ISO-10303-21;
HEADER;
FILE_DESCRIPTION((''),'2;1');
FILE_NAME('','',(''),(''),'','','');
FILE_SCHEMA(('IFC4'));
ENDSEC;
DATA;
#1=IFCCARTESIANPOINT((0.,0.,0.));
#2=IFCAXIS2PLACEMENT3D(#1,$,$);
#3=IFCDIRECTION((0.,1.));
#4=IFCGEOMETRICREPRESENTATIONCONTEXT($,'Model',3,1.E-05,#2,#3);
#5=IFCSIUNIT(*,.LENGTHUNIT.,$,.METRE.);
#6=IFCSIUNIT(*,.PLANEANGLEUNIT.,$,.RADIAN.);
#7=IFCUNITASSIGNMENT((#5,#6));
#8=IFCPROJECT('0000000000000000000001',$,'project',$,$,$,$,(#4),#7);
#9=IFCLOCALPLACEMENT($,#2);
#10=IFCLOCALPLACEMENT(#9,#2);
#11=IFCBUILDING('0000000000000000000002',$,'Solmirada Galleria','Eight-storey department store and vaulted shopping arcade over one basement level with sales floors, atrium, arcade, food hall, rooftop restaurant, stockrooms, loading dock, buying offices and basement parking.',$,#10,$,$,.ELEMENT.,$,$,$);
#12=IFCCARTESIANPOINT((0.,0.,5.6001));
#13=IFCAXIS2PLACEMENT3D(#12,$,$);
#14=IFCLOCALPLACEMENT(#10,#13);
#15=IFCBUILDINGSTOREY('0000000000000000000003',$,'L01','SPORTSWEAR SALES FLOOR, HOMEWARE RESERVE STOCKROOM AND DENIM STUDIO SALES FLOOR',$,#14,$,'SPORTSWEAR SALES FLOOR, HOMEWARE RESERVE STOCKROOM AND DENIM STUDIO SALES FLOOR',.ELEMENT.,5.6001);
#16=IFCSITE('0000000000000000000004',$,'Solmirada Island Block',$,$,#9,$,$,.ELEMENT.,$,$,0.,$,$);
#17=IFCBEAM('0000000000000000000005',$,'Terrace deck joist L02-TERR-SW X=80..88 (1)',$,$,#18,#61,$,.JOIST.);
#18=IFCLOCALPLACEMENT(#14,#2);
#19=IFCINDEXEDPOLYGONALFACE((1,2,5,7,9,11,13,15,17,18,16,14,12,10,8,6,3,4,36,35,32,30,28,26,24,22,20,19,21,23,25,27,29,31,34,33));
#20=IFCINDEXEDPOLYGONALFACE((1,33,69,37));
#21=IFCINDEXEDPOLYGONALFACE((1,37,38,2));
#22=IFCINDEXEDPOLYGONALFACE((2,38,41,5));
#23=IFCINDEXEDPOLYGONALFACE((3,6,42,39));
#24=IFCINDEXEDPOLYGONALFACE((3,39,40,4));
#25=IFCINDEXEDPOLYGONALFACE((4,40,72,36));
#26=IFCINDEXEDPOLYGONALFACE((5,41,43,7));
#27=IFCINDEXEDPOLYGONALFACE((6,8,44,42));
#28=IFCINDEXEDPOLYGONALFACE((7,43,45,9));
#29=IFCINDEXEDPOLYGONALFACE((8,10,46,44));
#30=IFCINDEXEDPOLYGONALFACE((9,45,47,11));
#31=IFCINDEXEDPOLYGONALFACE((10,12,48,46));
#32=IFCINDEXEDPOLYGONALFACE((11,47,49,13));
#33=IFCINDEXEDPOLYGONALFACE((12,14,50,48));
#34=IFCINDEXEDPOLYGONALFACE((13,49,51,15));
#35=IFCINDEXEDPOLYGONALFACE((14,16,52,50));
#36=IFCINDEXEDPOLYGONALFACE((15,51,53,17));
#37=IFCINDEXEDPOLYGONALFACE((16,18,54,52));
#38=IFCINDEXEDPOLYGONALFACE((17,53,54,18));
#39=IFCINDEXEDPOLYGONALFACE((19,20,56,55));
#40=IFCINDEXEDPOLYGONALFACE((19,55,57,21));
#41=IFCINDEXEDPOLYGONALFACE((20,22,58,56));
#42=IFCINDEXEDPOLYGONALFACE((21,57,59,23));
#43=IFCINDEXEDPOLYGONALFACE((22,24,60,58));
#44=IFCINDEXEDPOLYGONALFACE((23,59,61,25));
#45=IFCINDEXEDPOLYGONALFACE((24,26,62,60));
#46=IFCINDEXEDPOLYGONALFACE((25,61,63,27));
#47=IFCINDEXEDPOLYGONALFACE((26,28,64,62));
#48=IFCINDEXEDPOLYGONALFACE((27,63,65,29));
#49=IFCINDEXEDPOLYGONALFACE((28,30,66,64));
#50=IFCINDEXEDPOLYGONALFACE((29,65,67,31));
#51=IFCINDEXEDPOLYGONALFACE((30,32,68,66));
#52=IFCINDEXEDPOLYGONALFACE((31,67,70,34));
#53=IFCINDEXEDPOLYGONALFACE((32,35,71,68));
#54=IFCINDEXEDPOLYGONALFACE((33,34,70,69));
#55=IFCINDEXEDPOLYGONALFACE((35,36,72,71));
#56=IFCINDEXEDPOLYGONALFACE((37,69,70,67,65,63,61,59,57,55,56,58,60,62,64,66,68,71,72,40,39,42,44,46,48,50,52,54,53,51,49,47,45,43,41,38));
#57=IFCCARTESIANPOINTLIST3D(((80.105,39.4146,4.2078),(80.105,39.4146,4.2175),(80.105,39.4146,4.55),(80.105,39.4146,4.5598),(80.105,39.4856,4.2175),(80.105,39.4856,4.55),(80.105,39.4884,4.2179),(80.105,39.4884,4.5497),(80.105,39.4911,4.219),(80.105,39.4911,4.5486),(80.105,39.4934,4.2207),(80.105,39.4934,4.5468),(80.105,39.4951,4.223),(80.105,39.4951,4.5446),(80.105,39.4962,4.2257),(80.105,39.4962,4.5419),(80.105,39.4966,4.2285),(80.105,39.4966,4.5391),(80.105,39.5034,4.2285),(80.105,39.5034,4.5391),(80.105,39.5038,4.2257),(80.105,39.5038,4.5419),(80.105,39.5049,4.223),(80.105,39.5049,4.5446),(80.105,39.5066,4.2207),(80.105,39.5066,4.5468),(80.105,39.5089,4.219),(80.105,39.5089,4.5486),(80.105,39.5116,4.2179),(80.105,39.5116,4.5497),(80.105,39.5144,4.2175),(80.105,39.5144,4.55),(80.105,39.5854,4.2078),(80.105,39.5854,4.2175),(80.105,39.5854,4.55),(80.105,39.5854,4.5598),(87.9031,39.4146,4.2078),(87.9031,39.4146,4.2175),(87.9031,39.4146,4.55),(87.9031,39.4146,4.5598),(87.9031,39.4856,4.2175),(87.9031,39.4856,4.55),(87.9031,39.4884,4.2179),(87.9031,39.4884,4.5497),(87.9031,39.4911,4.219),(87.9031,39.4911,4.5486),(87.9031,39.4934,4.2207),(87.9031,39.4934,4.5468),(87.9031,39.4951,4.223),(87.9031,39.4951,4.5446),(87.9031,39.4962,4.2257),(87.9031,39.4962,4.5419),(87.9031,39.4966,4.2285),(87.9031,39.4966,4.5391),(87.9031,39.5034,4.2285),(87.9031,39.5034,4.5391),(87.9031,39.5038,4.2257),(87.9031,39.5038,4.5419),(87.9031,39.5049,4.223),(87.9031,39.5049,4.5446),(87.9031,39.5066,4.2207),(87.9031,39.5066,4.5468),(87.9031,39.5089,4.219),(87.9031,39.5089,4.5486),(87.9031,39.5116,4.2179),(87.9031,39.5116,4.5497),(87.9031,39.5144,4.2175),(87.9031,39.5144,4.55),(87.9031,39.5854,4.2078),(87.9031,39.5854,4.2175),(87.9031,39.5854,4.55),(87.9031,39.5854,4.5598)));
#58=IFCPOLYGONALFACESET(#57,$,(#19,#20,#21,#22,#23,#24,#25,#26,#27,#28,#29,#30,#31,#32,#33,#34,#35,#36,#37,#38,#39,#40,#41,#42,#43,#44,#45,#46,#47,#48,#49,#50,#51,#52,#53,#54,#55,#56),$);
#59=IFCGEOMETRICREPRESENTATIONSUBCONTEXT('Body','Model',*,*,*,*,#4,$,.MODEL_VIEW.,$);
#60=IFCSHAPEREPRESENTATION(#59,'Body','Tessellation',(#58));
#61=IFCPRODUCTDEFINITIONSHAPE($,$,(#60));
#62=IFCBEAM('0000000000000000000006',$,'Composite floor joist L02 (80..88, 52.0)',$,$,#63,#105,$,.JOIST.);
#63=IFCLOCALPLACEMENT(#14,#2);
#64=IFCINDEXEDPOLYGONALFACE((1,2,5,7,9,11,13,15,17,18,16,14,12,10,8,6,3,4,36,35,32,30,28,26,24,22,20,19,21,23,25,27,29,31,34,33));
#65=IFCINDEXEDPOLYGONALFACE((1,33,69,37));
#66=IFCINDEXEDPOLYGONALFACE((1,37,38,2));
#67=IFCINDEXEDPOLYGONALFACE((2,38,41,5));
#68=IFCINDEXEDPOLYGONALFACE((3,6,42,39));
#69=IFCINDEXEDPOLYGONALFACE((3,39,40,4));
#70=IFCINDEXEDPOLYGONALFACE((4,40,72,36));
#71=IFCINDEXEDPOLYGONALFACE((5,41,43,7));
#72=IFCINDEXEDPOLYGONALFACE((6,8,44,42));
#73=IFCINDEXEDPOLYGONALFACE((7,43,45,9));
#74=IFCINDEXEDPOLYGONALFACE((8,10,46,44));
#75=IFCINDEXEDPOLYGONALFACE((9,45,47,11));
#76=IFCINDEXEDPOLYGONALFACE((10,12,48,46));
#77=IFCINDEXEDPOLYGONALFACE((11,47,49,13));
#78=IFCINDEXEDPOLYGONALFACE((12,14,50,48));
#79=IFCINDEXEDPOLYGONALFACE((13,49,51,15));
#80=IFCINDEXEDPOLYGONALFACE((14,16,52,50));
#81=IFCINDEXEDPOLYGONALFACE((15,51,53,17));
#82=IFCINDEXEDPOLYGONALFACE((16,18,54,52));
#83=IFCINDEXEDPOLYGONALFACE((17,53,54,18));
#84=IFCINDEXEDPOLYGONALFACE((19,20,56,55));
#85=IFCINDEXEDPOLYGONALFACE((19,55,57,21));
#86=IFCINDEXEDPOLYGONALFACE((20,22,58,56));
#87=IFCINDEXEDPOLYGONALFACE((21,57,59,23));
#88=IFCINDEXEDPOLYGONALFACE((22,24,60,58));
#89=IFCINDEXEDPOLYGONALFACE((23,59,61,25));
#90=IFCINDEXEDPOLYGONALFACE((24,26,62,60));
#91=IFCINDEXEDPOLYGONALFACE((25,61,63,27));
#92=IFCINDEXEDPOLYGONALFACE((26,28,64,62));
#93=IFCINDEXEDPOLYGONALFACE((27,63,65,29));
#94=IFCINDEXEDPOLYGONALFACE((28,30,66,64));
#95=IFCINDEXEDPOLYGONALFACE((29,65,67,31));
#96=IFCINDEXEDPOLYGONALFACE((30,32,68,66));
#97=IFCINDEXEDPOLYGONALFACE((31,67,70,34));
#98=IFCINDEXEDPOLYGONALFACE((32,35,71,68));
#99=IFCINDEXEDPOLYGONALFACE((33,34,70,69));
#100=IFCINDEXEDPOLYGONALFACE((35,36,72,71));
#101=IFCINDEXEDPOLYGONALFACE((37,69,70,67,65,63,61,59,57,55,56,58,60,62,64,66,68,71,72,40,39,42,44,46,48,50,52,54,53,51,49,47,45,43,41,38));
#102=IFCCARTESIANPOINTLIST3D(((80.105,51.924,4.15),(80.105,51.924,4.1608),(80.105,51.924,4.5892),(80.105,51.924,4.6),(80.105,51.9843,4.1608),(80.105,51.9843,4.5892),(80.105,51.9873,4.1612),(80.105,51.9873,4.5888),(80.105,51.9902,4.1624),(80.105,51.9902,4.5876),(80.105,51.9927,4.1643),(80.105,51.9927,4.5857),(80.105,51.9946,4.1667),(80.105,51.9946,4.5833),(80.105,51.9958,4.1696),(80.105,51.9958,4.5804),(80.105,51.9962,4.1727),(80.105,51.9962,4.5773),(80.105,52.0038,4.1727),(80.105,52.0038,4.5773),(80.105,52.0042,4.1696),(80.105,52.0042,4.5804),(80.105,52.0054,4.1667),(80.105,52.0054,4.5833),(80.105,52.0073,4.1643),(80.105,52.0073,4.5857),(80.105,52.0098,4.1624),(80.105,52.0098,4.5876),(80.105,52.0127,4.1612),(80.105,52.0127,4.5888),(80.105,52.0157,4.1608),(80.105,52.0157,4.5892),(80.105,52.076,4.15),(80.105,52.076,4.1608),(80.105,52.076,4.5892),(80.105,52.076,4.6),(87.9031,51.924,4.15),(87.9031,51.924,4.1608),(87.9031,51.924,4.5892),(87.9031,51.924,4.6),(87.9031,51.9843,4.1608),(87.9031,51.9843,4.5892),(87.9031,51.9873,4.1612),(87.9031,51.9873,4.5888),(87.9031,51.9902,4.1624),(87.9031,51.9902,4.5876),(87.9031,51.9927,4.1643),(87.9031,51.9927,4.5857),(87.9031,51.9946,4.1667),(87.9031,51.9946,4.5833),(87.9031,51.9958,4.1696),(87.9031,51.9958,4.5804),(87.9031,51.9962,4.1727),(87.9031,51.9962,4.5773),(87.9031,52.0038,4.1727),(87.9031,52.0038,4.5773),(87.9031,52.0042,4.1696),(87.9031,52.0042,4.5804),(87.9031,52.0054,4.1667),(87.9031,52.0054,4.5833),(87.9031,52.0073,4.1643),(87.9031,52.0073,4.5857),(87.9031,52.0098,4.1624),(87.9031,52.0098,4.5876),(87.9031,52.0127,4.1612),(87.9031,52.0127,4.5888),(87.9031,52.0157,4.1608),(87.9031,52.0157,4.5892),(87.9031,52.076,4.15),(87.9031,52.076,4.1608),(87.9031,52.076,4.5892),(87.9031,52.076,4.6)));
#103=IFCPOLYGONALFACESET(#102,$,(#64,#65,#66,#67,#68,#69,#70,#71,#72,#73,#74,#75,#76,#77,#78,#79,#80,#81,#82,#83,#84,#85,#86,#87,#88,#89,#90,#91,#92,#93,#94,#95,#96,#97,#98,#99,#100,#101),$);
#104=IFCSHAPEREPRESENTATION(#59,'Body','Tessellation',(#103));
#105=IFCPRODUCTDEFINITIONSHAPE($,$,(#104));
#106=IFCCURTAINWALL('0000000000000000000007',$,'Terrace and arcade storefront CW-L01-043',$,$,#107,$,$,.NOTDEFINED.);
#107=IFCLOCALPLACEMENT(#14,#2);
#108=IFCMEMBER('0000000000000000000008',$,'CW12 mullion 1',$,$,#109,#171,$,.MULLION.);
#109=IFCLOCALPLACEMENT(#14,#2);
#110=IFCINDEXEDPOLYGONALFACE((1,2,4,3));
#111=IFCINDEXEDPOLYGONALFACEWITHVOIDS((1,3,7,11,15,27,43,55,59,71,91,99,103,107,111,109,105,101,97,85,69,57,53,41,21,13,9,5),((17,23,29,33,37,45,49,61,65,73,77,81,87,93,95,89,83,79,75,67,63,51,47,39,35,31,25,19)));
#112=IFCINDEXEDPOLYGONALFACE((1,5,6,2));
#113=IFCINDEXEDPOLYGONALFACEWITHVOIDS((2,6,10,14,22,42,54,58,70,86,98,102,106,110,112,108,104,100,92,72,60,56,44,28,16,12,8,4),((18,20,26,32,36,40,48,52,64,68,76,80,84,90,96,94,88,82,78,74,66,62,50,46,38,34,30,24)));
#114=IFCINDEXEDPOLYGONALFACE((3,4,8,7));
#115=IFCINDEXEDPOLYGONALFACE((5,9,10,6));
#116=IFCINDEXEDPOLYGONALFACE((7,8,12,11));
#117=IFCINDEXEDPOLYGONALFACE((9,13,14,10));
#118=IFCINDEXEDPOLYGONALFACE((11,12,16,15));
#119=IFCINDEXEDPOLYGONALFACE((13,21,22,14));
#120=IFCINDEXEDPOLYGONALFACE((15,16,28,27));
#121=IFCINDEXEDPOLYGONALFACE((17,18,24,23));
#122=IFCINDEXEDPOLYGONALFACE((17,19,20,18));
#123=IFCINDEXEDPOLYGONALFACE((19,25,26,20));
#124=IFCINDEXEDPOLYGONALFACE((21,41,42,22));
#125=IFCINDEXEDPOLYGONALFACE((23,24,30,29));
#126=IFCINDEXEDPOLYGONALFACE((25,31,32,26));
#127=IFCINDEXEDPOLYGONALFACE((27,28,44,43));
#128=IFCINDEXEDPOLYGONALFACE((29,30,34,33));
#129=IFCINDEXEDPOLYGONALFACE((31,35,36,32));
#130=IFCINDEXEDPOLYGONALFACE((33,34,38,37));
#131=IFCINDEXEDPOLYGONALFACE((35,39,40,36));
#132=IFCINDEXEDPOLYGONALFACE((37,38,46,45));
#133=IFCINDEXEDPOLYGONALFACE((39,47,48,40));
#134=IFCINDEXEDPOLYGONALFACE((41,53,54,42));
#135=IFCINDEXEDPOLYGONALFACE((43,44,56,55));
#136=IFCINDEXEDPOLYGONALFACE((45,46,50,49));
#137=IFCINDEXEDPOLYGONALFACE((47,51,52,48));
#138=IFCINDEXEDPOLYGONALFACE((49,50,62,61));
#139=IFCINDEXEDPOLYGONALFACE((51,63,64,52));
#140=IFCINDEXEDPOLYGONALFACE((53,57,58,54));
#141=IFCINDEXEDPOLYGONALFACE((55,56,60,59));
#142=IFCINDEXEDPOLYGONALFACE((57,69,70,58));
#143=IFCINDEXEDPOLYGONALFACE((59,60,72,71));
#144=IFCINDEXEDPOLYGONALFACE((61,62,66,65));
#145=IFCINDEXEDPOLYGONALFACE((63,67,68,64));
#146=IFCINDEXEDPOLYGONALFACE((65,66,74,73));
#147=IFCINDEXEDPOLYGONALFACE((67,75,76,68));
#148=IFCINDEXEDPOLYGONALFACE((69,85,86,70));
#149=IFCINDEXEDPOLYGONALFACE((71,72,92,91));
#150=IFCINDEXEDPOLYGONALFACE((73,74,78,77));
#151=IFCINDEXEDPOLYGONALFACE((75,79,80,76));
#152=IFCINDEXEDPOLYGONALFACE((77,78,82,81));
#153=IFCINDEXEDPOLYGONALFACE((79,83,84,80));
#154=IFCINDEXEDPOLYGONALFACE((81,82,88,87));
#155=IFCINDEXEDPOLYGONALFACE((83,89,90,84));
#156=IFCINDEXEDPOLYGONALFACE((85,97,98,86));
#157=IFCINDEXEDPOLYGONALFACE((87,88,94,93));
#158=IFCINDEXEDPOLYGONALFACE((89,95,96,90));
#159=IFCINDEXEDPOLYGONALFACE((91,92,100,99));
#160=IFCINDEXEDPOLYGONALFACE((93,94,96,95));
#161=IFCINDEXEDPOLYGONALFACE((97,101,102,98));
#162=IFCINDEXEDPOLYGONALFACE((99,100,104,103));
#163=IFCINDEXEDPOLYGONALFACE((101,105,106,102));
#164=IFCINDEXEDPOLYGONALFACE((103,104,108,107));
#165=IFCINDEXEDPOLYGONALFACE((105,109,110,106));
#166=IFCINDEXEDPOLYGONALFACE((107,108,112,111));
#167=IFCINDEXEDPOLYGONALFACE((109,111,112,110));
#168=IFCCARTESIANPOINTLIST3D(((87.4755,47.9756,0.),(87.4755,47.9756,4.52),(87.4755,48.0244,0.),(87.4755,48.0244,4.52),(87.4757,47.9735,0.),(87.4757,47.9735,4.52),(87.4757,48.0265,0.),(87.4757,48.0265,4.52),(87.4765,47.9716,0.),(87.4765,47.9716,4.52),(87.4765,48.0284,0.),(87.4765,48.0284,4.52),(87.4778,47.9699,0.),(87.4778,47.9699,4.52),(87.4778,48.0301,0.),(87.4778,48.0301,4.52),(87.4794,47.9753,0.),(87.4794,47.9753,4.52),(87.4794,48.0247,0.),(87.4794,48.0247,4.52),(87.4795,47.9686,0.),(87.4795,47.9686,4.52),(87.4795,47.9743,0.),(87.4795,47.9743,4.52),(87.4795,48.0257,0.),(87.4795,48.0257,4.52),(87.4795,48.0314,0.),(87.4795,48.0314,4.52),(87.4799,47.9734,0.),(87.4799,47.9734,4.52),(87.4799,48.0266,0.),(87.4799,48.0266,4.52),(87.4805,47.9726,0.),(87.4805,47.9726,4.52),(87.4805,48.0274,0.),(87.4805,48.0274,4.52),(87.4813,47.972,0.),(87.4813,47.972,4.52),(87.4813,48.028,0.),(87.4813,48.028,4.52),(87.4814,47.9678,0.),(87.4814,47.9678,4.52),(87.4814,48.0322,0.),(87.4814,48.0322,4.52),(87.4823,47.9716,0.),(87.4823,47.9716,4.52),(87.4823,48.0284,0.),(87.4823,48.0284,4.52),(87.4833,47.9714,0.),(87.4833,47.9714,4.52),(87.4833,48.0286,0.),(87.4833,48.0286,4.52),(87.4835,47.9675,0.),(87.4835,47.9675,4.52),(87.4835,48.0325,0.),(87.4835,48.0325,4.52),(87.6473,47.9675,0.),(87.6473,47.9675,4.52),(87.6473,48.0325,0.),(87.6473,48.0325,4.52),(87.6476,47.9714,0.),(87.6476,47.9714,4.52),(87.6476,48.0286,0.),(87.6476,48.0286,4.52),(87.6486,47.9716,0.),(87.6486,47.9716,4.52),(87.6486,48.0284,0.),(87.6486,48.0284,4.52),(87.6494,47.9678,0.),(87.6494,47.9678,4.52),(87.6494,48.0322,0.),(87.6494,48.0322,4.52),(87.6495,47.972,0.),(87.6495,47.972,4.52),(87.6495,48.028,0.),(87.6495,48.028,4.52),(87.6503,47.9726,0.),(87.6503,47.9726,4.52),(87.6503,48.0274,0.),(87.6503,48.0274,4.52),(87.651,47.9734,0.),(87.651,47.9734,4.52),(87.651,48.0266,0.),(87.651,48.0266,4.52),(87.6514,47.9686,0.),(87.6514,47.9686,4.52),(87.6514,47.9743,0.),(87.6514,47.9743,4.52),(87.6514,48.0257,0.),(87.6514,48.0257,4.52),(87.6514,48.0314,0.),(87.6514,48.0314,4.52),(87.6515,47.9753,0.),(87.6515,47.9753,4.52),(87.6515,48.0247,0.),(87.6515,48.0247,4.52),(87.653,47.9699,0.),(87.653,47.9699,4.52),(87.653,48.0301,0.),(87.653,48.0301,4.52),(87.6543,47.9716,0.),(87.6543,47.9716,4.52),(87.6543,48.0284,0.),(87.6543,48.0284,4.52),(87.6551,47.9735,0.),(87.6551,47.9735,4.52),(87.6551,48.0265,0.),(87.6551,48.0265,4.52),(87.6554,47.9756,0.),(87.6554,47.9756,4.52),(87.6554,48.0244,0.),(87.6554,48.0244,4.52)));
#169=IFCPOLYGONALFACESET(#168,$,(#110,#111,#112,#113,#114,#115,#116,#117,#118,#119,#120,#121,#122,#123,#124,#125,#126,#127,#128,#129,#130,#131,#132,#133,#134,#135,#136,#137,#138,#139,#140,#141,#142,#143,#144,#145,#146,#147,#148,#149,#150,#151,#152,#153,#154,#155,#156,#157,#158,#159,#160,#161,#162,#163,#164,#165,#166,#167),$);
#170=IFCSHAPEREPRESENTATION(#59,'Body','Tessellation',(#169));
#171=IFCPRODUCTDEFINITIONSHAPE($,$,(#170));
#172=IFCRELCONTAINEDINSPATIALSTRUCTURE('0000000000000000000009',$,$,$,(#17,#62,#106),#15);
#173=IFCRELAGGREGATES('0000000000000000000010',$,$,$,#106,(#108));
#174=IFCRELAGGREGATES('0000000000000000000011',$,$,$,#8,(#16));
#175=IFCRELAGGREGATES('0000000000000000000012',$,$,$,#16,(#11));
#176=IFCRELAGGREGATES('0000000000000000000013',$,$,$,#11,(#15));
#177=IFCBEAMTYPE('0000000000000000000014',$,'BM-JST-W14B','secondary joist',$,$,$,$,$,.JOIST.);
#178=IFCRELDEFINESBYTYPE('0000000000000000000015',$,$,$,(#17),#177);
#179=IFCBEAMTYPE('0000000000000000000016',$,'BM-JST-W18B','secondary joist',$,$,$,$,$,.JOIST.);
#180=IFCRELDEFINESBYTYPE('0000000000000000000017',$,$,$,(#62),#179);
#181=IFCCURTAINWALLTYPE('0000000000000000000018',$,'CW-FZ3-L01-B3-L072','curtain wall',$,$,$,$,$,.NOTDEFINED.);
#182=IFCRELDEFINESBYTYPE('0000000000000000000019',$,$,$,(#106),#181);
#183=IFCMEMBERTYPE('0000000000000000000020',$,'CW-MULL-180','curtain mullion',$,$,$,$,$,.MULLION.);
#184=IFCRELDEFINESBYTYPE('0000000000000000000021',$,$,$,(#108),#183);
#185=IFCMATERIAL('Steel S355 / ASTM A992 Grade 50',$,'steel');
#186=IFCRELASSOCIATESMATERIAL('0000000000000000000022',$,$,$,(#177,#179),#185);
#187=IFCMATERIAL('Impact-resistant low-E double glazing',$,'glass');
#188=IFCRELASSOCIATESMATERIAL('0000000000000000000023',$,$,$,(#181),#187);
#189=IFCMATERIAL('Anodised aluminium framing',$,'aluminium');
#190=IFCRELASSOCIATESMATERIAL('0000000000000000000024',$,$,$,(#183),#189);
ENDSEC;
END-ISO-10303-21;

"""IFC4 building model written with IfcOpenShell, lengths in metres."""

from ifc_helpers import new_model, si_unit, direction, frame, origin, origin_2d, place, context, subcontext, project, spatial, hollow_rectangle, i_section, extrude, material, material_profile, profile_set, type_object, element, aggregate, save


model = new_model("IFC4")

# Units and contexts
model_context = context("Model", 3, precision=1e-05, world=origin(), true_north=direction((0.0, 1.0)))
body_context = subcontext(model_context, "Body", "Model", "MODEL_VIEW")
ifc_project = project(units=[si_unit("LENGTHUNIT", "METRE"), si_unit("PLANEANGLEUNIT", "RADIAN")], contexts=[model_context])

# Site, building, storey
site_placement = place(None, origin())
site = spatial("IfcSite", under=ifc_project, at=site_placement, Name="Solmirada Island Block", CompositionType="ELEMENT", RefElevation=0.0)
building_placement = place(site_placement, origin())
building = spatial("IfcBuilding", under=site, at=building_placement, Name="Solmirada Galleria", Description="Eight-storey department store and vaulted shopping arcade over one basement level with sales floors, atrium, arcade, food hall, rooftop restaurant, stockrooms, loading dock, buying offices and basement parking.", CompositionType="ELEMENT")
storey_placement = place(building_placement, frame((0.0, 0.0, 5.6001)))
storey = spatial("IfcBuildingStorey", under=building, at=storey_placement, Name="L01", Description="SPORTSWEAR SALES FLOOR, HOMEWARE RESERVE STOCKROOM AND DENIM STUDIO SALES FLOOR", LongName="SPORTSWEAR SALES FLOOR, HOMEWARE RESERVE STOCKROOM AND DENIM STUDIO SALES FLOOR", CompositionType="ELEMENT", Elevation=5.6001)

# Beams
ifc_material_1 = material(Name="Steel S355 / ASTM A992 Grade 50", Category="steel")
ifc_material_profile_1 = material_profile(ifc_material_1, i_section(OverallWidth=0.1709, OverallDepth=0.3521, WebThickness=0.0068, FlangeThickness=0.0098, FilletRadius=0.011, at=origin_2d()), Name="W14X30")
ifc_profile_set_1 = profile_set([ifc_material_profile_1], Name="Steel S355 / ASTM A992 Grade 50")
beam_type_1 = type_object("IfcBeamType", Name="BM-JST-W14B", Description="secondary joist", PredefinedType="JOIST", material=ifc_profile_set_1)
beam_1_placement = place(storey_placement, frame((80.105, 39.5, 4.3838), z_axis=(1.0, 0.0, 0.0), x_axis=(0.0, 1.0, 0.0)))
element("IfcBeam", 1, at=beam_1_placement, inside=storey, type_object=beam_type_1, Name="Terrace deck joist L02-TERR-SW X=80..88 (1)", PredefinedType="JOIST", context=body_context, shape_type="SweptSolid", body=[
    extrude(i_section(OverallWidth=0.1709, OverallDepth=0.3521, WebThickness=0.0068, FlangeThickness=0.0098, FilletRadius=0.011, at=origin_2d()), origin(), (0.0, 0.0, 1.0), 7.7981),
])
ifc_material_profile_2 = material_profile(ifc_material_1, i_section(OverallWidth=0.1521, OverallDepth=0.45, WebThickness=0.0076, FlangeThickness=0.0107, FilletRadius=0.012, at=origin_2d()), Name="W18X35")
ifc_profile_set_2 = profile_set([ifc_material_profile_2], Name="Steel S355 / ASTM A992 Grade 50")
beam_type_2 = type_object("IfcBeamType", Name="BM-JST-W18B", Description="secondary joist", PredefinedType="JOIST", material=ifc_profile_set_2)
beam_2_placement = place(storey_placement, frame((80.105, 52.0, 4.375), z_axis=(1.0, 0.0, 0.0), x_axis=(0.0, 1.0, 0.0)))
element("IfcBeam", 2, at=beam_2_placement, inside=storey, type_object=beam_type_2, Name="Composite floor joist L02 (80..88, 52.0)", PredefinedType="JOIST", context=body_context, shape_type="SweptSolid", body=[
    extrude(i_section(OverallWidth=0.1521, OverallDepth=0.45, WebThickness=0.0076, FlangeThickness=0.0107, FilletRadius=0.012, at=origin_2d()), origin(), (0.0, 0.0, 1.0), 7.7981),
])

# Curtain wall, member
ifc_material_2 = material(Name="Impact-resistant low-E double glazing", Category="glass")
curtain_wall_type = type_object("IfcCurtainWallType", Name="CW-FZ3-L01-B3-L072", Description="curtain wall", PredefinedType="NOTDEFINED", material=ifc_material_2)
curtain_wall_1_placement = place(storey_placement, origin())
curtain_wall_1 = element("IfcCurtainWall", 3, at=curtain_wall_1_placement, inside=storey, type_object=curtain_wall_type, Name="Terrace and arcade storefront CW-L01-043", PredefinedType="NOTDEFINED")
ifc_material_3 = material(Name="Anodised aluminium framing", Category="aluminium")
ifc_material_profile_3 = material_profile(ifc_material_3, hollow_rectangle(XDim=0.0649, YDim=0.1799, WallThickness=0.0039, InnerFilletRadius=0.0039, OuterFilletRadius=0.0081, at=origin_2d()), Name="ALU-MULL-180X65")
ifc_profile_set_3 = profile_set([ifc_material_profile_3], Name="Anodised aluminium framing")
member_type_1 = type_object("IfcMemberType", Name="CW-MULL-180", Description="curtain mullion", PredefinedType="MULLION", material=ifc_profile_set_3)
member_1_placement = place(storey_placement, frame((87.5654, 48.0, 0.0), z_axis=(0.0, 0.0, 1.0), x_axis=(0.0, -1.0, 0.0)))
member_1 = element("IfcMember", 4, at=member_1_placement, type_object=member_type_1, Name="CW12 mullion 1", PredefinedType="MULLION", context=body_context, shape_type="SweptSolid", body=[
    extrude(hollow_rectangle(XDim=0.0649, YDim=0.1799, WallThickness=0.0039, InnerFilletRadius=0.0039, OuterFilletRadius=0.0081, at=origin_2d()), origin(), (0.0, 0.0, 1.0), 4.52),
])

aggregate(curtain_wall_1, [member_1])

save(model, "model.ifc")
